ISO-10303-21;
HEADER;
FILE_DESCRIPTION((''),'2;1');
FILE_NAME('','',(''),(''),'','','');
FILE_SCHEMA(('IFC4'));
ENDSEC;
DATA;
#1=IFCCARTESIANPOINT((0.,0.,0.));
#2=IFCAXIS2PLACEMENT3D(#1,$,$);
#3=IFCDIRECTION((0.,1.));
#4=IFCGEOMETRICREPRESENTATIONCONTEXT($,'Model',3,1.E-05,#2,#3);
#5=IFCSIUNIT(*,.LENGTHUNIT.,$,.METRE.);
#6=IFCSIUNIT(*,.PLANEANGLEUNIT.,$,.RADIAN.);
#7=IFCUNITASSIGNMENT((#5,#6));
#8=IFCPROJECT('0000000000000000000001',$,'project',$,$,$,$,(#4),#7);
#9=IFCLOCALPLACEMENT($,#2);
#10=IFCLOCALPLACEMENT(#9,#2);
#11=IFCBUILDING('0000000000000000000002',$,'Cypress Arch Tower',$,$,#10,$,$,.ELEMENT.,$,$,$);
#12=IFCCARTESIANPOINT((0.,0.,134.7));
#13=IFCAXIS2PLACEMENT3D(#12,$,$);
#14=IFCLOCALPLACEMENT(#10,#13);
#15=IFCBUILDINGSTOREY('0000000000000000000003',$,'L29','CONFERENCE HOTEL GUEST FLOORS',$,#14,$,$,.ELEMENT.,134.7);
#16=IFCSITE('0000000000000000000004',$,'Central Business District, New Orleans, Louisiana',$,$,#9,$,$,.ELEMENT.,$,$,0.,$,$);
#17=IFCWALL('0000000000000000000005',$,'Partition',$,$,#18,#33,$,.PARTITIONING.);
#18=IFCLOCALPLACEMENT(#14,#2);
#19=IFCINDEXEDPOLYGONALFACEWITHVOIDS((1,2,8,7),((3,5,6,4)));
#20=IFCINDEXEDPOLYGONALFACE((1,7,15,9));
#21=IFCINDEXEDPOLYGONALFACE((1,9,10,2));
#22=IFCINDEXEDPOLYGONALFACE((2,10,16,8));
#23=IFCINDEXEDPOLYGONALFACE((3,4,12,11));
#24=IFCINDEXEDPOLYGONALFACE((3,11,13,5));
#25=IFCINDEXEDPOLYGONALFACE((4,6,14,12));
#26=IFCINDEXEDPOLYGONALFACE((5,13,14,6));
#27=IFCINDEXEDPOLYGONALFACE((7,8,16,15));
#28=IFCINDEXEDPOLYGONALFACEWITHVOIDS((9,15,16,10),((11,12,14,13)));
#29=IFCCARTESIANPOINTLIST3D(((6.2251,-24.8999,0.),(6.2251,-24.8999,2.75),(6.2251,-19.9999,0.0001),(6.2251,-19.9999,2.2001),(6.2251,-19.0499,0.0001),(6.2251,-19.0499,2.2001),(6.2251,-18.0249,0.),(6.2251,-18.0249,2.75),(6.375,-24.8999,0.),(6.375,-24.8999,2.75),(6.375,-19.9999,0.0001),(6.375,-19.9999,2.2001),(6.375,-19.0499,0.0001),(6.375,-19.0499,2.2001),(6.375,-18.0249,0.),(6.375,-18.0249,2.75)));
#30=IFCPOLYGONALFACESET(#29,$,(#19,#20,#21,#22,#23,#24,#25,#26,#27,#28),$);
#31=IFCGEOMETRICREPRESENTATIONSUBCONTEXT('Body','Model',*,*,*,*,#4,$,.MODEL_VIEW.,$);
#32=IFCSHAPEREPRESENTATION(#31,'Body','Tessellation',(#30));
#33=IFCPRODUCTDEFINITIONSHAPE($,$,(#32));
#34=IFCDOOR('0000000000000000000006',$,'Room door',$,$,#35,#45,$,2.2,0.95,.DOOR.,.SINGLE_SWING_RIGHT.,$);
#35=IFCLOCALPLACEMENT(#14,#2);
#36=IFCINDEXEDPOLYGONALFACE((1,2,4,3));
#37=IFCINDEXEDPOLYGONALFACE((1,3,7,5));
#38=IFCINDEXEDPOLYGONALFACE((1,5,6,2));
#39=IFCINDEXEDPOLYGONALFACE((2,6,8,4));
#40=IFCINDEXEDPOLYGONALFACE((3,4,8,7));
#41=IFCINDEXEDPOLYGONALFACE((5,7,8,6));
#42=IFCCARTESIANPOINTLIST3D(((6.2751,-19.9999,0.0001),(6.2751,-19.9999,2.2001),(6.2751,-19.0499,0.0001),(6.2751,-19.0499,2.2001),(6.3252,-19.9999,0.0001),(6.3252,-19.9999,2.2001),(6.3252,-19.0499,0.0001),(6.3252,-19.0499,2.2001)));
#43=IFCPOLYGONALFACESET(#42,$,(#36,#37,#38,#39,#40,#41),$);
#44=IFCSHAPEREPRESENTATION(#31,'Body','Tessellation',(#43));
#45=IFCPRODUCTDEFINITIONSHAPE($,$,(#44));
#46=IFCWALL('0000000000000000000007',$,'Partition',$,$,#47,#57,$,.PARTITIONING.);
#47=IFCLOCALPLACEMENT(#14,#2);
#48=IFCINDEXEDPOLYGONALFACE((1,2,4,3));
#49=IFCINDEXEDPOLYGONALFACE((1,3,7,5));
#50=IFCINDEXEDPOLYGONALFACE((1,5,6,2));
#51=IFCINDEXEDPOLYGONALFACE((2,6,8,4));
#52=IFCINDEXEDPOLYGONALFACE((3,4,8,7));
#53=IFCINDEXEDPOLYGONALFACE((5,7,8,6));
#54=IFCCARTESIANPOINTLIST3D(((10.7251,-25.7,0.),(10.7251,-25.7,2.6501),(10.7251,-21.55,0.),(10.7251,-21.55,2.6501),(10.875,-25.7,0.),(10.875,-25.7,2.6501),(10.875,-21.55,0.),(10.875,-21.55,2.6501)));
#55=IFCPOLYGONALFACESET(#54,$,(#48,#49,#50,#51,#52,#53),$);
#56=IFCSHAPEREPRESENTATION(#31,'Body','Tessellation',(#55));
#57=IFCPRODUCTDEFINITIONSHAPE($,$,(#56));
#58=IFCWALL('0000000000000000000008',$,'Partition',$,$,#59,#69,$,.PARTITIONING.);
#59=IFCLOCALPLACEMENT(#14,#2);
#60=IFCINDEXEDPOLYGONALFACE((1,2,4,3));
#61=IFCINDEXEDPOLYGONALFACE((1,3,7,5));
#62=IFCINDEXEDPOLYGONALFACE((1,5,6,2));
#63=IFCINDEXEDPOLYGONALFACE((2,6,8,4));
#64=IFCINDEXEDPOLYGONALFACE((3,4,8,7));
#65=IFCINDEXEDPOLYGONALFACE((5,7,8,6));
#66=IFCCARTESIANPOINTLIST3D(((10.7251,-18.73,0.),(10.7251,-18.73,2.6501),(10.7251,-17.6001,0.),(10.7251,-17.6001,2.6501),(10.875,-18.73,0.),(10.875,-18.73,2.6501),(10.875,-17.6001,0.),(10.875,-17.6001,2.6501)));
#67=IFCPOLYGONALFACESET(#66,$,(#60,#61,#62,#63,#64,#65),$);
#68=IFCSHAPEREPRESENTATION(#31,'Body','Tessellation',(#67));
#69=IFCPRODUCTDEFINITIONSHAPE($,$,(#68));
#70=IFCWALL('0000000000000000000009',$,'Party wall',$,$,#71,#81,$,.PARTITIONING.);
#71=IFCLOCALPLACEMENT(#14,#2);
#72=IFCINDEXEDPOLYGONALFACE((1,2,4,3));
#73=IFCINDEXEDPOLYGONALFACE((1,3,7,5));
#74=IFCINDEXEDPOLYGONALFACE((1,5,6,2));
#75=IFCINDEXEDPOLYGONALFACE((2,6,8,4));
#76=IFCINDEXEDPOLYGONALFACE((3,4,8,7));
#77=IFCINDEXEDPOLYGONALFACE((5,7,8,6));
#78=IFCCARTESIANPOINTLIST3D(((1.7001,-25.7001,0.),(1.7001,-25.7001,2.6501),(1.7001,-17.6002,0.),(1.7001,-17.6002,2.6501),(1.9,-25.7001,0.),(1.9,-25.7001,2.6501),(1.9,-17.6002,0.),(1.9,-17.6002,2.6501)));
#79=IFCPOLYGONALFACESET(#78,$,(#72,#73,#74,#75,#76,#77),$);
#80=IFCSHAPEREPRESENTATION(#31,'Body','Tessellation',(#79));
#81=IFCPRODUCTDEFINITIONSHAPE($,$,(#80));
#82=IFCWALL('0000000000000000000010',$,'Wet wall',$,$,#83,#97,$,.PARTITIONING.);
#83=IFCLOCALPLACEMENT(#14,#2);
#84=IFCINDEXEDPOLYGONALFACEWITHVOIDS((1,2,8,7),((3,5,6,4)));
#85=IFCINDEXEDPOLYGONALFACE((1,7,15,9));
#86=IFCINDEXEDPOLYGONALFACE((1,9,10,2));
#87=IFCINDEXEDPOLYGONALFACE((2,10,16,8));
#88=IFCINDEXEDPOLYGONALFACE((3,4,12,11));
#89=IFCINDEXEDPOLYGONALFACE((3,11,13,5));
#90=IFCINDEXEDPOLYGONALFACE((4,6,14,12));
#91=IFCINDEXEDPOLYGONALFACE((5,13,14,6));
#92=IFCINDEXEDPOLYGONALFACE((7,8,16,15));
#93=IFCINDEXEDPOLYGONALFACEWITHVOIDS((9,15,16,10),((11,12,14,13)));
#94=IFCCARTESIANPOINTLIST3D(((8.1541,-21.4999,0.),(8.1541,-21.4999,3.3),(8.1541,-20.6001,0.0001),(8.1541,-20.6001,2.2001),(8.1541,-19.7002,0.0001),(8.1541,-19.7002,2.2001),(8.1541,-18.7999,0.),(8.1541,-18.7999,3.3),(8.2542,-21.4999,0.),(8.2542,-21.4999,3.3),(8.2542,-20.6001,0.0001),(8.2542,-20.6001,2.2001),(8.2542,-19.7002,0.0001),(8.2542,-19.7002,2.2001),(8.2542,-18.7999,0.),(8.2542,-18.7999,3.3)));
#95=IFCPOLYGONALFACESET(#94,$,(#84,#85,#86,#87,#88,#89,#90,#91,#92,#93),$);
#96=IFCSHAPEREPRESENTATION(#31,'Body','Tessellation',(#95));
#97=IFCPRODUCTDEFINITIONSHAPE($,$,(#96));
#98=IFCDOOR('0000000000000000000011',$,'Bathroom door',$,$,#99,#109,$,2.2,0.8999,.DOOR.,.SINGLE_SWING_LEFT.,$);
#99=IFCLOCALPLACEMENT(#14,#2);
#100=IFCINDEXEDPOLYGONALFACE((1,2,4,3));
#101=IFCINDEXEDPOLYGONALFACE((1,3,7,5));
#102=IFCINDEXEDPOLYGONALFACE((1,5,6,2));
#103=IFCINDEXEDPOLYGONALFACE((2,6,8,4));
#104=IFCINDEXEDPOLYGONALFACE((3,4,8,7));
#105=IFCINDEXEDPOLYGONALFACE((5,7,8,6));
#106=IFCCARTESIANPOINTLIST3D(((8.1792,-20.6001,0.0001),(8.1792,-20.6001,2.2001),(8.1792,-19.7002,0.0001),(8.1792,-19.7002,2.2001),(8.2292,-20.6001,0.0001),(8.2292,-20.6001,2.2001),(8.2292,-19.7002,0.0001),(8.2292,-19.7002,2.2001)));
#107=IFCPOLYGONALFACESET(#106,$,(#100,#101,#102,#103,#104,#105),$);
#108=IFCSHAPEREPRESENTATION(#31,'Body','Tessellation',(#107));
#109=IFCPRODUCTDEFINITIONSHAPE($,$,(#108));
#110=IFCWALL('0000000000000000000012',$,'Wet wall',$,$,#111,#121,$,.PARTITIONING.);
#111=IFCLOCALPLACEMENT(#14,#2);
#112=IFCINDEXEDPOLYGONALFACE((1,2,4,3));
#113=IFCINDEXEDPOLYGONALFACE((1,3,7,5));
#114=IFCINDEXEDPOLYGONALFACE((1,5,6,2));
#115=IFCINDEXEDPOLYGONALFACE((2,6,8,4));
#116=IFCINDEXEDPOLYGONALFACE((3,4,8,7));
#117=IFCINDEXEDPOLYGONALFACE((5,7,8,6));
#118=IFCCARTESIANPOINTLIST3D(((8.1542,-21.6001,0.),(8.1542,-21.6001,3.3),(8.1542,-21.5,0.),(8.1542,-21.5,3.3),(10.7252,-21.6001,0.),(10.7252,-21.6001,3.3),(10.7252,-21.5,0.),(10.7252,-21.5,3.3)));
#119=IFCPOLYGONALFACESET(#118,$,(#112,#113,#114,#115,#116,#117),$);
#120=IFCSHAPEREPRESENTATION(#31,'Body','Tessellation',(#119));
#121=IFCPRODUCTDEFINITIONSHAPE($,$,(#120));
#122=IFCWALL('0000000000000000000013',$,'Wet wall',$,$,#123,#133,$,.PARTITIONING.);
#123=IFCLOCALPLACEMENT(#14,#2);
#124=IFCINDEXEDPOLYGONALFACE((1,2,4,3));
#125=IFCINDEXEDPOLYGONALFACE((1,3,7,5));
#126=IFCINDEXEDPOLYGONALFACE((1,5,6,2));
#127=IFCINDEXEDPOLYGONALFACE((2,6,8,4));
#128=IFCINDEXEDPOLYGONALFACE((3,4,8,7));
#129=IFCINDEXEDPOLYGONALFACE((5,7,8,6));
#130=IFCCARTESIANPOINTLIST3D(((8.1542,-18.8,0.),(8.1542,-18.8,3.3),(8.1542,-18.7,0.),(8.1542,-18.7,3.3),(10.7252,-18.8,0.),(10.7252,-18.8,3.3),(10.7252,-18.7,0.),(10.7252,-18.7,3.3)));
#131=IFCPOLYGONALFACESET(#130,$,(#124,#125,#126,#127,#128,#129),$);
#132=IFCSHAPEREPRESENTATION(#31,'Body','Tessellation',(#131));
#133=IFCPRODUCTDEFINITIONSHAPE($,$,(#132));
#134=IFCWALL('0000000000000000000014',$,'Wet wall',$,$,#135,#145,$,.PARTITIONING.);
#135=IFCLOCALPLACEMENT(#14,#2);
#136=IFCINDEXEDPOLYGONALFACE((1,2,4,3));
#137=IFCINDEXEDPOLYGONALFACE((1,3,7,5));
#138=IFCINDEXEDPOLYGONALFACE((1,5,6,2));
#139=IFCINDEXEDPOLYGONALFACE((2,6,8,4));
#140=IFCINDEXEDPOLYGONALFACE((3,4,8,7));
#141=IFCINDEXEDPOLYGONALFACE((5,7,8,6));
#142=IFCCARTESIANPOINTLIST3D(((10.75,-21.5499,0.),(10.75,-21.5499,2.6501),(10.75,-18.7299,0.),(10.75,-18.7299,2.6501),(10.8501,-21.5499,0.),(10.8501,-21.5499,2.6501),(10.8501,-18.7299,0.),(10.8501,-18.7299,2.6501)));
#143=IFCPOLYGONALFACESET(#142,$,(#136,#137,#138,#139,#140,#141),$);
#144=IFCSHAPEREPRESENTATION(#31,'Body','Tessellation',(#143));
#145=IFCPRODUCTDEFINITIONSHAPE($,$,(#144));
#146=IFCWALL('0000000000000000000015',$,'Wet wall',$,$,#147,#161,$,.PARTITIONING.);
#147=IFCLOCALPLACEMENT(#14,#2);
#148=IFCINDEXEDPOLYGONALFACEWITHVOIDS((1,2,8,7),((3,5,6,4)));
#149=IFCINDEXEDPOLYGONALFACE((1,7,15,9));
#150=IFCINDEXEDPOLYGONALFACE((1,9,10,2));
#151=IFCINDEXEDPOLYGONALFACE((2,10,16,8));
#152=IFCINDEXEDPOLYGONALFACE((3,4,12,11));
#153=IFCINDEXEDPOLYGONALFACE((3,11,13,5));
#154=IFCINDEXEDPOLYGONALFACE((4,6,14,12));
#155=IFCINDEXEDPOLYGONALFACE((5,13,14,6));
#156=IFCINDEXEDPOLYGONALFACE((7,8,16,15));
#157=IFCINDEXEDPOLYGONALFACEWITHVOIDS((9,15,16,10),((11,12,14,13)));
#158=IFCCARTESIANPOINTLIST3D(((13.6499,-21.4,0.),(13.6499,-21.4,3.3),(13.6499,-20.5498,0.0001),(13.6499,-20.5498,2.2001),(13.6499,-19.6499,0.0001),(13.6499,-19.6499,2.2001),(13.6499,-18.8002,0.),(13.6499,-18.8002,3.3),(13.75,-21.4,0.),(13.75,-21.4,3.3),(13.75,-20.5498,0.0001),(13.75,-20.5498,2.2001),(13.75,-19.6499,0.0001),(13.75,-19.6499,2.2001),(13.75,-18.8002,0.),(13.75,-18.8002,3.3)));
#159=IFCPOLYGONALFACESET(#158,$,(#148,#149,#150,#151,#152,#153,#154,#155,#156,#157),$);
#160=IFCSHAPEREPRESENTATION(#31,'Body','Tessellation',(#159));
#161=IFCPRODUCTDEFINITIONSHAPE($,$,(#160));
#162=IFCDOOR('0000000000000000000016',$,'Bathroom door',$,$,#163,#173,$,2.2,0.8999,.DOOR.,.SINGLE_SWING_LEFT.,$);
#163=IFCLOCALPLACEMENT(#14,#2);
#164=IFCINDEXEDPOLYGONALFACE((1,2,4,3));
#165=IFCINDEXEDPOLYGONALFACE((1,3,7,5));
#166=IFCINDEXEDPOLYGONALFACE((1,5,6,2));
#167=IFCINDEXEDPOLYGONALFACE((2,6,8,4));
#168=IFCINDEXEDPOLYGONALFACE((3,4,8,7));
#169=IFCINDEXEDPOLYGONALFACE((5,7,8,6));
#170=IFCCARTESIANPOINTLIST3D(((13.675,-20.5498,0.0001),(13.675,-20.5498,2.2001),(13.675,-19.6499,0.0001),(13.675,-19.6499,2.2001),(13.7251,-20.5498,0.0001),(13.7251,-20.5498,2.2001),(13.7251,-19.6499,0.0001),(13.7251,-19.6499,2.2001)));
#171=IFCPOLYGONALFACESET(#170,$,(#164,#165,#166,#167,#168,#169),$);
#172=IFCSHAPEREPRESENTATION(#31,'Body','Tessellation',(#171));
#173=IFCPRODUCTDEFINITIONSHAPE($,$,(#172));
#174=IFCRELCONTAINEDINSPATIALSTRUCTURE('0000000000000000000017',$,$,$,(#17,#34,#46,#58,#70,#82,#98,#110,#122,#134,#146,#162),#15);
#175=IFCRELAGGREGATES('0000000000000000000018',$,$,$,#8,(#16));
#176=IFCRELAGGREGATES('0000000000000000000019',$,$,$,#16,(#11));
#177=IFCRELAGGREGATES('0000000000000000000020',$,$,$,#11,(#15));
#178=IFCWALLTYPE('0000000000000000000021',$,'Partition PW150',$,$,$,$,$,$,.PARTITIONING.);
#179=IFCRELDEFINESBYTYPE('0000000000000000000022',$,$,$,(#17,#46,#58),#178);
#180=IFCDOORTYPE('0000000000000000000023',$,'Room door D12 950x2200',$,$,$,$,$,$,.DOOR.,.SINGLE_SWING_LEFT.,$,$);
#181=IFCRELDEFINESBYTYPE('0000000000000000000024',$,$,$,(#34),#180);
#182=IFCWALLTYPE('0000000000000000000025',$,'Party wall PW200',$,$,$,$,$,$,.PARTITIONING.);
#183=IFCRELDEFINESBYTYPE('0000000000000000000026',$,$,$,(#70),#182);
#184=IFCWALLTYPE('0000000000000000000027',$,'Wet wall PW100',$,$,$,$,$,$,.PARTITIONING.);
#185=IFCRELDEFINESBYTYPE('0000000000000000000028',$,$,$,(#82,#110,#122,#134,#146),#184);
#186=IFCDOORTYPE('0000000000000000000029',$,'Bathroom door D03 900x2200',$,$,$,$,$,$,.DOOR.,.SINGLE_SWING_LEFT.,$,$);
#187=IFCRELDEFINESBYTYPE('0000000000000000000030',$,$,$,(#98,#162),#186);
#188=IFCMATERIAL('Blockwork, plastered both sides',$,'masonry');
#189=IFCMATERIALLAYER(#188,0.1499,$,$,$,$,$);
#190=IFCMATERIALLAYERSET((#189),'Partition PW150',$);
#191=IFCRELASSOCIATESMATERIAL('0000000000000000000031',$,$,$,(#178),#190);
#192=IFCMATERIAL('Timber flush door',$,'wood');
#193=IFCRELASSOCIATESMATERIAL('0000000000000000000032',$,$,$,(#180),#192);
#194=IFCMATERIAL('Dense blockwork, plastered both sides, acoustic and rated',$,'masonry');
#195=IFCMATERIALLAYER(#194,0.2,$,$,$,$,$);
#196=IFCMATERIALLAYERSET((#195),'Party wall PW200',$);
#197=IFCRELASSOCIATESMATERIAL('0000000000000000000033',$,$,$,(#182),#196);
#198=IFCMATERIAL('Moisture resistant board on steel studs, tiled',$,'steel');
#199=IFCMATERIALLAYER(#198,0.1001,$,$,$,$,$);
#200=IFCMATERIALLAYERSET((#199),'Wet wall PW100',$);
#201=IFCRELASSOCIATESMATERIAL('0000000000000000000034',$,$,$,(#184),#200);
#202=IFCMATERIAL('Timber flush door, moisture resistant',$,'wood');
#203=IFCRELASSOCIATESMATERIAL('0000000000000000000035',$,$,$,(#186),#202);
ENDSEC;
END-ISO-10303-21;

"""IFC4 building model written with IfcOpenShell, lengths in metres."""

from ifc_helpers import new_model, si_unit, direction, frame, frame_2d, origin, place, context, subcontext, project, spatial, rectangle, extrude, material, layer, layer_set, type_object, element, fill, save


model = new_model("IFC4")

# Units and contexts
model_context = context("Model", 3, precision=1e-05, world=origin(), true_north=direction((0.0, 1.0)))
body_context = subcontext(model_context, "Body", "Model", "MODEL_VIEW")
ifc_project = project(units=[si_unit("LENGTHUNIT", "METRE"), si_unit("PLANEANGLEUNIT", "RADIAN")], contexts=[model_context])

# Site, building, storey
site_placement = place(None, origin())
site = spatial("IfcSite", under=ifc_project, at=site_placement, Name="Central Business District, New Orleans, Louisiana", CompositionType="ELEMENT", RefElevation=0.0)
building_placement = place(site_placement, origin())
building = spatial("IfcBuilding", under=site, at=building_placement, Name="Cypress Arch Tower", CompositionType="ELEMENT")
storey_placement = place(building_placement, frame((0.0, 0.0, 134.7)))
storey = spatial("IfcBuildingStorey", under=building, at=storey_placement, Name="L29", Description="CONFERENCE HOTEL GUEST FLOORS", CompositionType="ELEMENT", Elevation=134.7)

# Wall, opening, door
ifc_material_1 = material(Name="Blockwork, plastered both sides", Category="masonry")
ifc_layer_1 = layer(ifc_material_1, 0.1499)
ifc_layer_set_1 = layer_set([ifc_layer_1], Name="Partition PW150")
wall_type_1 = type_object("IfcWallType", Name="Partition PW150", PredefinedType="PARTITIONING", material=ifc_layer_set_1)
wall_1_placement = place(storey_placement, frame((6.3, -24.8999, 0.0), z_axis=(0.0, 0.0, 1.0), x_axis=(0.0, 1.0, 0.0)))
wall_1 = element("IfcWall", 1, at=wall_1_placement, inside=storey, type_object=wall_type_1, Name="Partition", PredefinedType="PARTITIONING", context=body_context, shape_type="SweptSolid", body=[
    extrude(rectangle(XDim=6.875, YDim=0.1499, at=frame_2d((3.4375, 0.0))), origin(), (0.0, 0.0, 1.0), 2.75),
])
opening_1_placement = place(wall_1_placement, frame((4.8999, 0.0, 0.0)))
opening_1 = element("IfcOpeningElement", 2, at=opening_1_placement, cuts=wall_1, PredefinedType="OPENING", context=body_context, shape_type="SweptSolid", body=[
    extrude(rectangle(XDim=0.95, YDim=2.2, at=frame_2d((0.4751, 1.1001))), frame((0.0, 0.085, 0.0), z_axis=(0.0, -1.0, 0.0), x_axis=(1.0, 0.0, 0.0)), (0.0, 0.0, 1.0), 0.1699),
])
ifc_material_2 = material(Name="Timber flush door", Category="wood")
door_type_1 = type_object("IfcDoorType", Name="Room door D12 950x2200", OperationType="SINGLE_SWING_LEFT", PredefinedType="DOOR", material=ifc_material_2)
door_1_placement = place(opening_1_placement, origin())
door_1 = element("IfcDoor", 3, at=door_1_placement, inside=storey, type_object=door_type_1, Name="Room door", OperationType="SINGLE_SWING_RIGHT", OverallHeight=2.2, OverallWidth=0.95, PredefinedType="DOOR", context=body_context, shape_type="SweptSolid", body=[
    extrude(rectangle(XDim=0.95, YDim=2.2, at=frame_2d((0.4751, 1.1001))), frame((0.0, 0.0249, 0.0), z_axis=(0.0, -1.0, 0.0), x_axis=(1.0, 0.0, 0.0)), (0.0, 0.0, 1.0), 0.05),
])
fill(opening_1, door_1)

# Walls
wall_2_placement = place(storey_placement, frame((10.8, -25.7, 0.0), z_axis=(0.0, 0.0, 1.0), x_axis=(0.0, 1.0, 0.0)))
element("IfcWall", 4, at=wall_2_placement, inside=storey, type_object=wall_type_1, Name="Partition", PredefinedType="PARTITIONING", context=body_context, shape_type="SweptSolid", body=[
    extrude(rectangle(XDim=4.1499, YDim=0.1499, at=frame_2d((2.075, 0.0))), origin(), (0.0, 0.0, 1.0), 2.6501),
])
wall_3_placement = place(storey_placement, frame((10.8, -18.73, 0.0), z_axis=(0.0, 0.0, 1.0), x_axis=(0.0, 1.0, 0.0)))
element("IfcWall", 5, at=wall_3_placement, inside=storey, type_object=wall_type_1, Name="Partition", PredefinedType="PARTITIONING", context=body_context, shape_type="SweptSolid", body=[
    extrude(rectangle(XDim=1.1299, YDim=0.1499, at=frame_2d((0.5649, 0.0))), origin(), (0.0, 0.0, 1.0), 2.6501),
])
ifc_material_3 = material(Name="Dense blockwork, plastered both sides, acoustic and rated", Category="masonry")
ifc_layer_2 = layer(ifc_material_3, 0.2)
ifc_layer_set_2 = layer_set([ifc_layer_2], Name="Party wall PW200")
wall_type_2 = type_object("IfcWallType", Name="Party wall PW200", PredefinedType="PARTITIONING", material=ifc_layer_set_2)
wall_4_placement = place(storey_placement, frame((1.8, -25.7, 0.0), z_axis=(0.0, 0.0, 1.0), x_axis=(0.0, 1.0, 0.0)))
element("IfcWall", 6, at=wall_4_placement, inside=storey, type_object=wall_type_2, Name="Party wall", PredefinedType="PARTITIONING", context=body_context, shape_type="SweptSolid", body=[
    extrude(rectangle(XDim=8.0999, YDim=0.2, at=frame_2d((4.0498, 0.0))), origin(), (0.0, 0.0, 1.0), 2.6501),
])

# Wall, opening, door
ifc_material_4 = material(Name="Moisture resistant board on steel studs, tiled", Category="steel")
ifc_layer_3 = layer(ifc_material_4, 0.1001)
ifc_layer_set_3 = layer_set([ifc_layer_3], Name="Wet wall PW100")
wall_type_3 = type_object("IfcWallType", Name="Wet wall PW100", PredefinedType="PARTITIONING", material=ifc_layer_set_3)
wall_5_placement = place(storey_placement, frame((8.2041, -21.5, 0.0), z_axis=(0.0, 0.0, 1.0), x_axis=(0.0, 1.0, 0.0)))
wall_5 = element("IfcWall", 7, at=wall_5_placement, inside=storey, type_object=wall_type_3, Name="Wet wall", PredefinedType="PARTITIONING", context=body_context, shape_type="SweptSolid", body=[
    extrude(rectangle(XDim=2.7, YDim=0.1001, at=frame_2d((1.3501, 0.0))), origin(), (0.0, 0.0, 1.0), 3.3),
])
opening_2_placement = place(wall_5_placement, frame((0.8999, 0.0, 0.0)))
opening_2 = element("IfcOpeningElement", 8, at=opening_2_placement, cuts=wall_5, PredefinedType="OPENING", context=body_context, shape_type="SweptSolid", body=[
    extrude(rectangle(XDim=0.8999, YDim=2.2, at=frame_2d((0.45, 1.1001))), frame((0.0, 0.0601, 0.0), z_axis=(0.0, -1.0, 0.0), x_axis=(1.0, 0.0, 0.0)), (0.0, 0.0, 1.0), 0.1201),
])
ifc_material_5 = material(Name="Timber flush door, moisture resistant", Category="wood")
door_type_2 = type_object("IfcDoorType", Name="Bathroom door D03 900x2200", OperationType="SINGLE_SWING_LEFT", PredefinedType="DOOR", material=ifc_material_5)
door_2_placement = place(opening_2_placement, origin())
door_2 = element("IfcDoor", 9, at=door_2_placement, inside=storey, type_object=door_type_2, Name="Bathroom door", OperationType="SINGLE_SWING_LEFT", OverallHeight=2.2, OverallWidth=0.8999, PredefinedType="DOOR", context=body_context, shape_type="SweptSolid", body=[
    extrude(rectangle(XDim=0.8999, YDim=2.2, at=frame_2d((0.45, 1.1001))), frame((0.0, 0.0249, 0.0), z_axis=(0.0, -1.0, 0.0), x_axis=(1.0, 0.0, 0.0)), (0.0, 0.0, 1.0), 0.05),
])
fill(opening_2, door_2)

# Walls
for number, where, z_axis, x_axis, name in (
    (10, (8.1541, -21.55, 0.0), (0.0, 0.0, 1.0), (1.0, 0.0, 0.0), "Wet wall"),
    (11, (8.1541, -18.75, 0.0), (0.0, 0.0, 1.0), (1.0, 0.0, 0.0), "Wet wall"),
):
    element("IfcWall", number, at=place(storey_placement, frame(where, z_axis=z_axis, x_axis=x_axis)), inside=storey, type_object=wall_type_3, Name=name, PredefinedType="PARTITIONING", context=body_context, shape_type="SweptSolid", body=[
        extrude(rectangle(XDim=2.571, YDim=0.1001, at=frame_2d((1.2856, 0.0))), origin(), (0.0, 0.0, 1.0), 3.3),
    ])
wall_6_placement = place(storey_placement, frame((10.8, -21.55, 0.0), z_axis=(0.0, 0.0, 1.0), x_axis=(0.0, 1.0, 0.0)))
element("IfcWall", 12, at=wall_6_placement, inside=storey, type_object=wall_type_3, Name="Wet wall", PredefinedType="PARTITIONING", context=body_context, shape_type="SweptSolid", body=[
    extrude(rectangle(XDim=2.8201, YDim=0.1001, at=frame_2d((1.4102, 0.0))), origin(), (0.0, 0.0, 1.0), 2.6501),
])

# Wall, opening, door
wall_7_placement = place(storey_placement, frame((13.7, -21.3999, 0.0), z_axis=(0.0, 0.0, 1.0), x_axis=(0.0, 1.0, 0.0)))
wall_7 = element("IfcWall", 13, at=wall_7_placement, inside=storey, type_object=wall_type_3, Name="Wet wall", PredefinedType="PARTITIONING", context=body_context, shape_type="SweptSolid", body=[
    extrude(rectangle(XDim=2.5999, YDim=0.1001, at=frame_2d((1.2998, 0.0))), origin(), (0.0, 0.0, 1.0), 3.3),
])
opening_3_placement = place(wall_7_placement, frame((0.8501, 0.0, 0.0)))
opening_3 = element("IfcOpeningElement", 14, at=opening_3_placement, cuts=wall_7, PredefinedType="OPENING", context=body_context, shape_type="SweptSolid", body=[
    extrude(rectangle(XDim=0.8999, YDim=2.2, at=frame_2d((0.45, 1.1001))), frame((0.0, 0.0601, 0.0), z_axis=(0.0, -1.0, 0.0), x_axis=(1.0, 0.0, 0.0)), (0.0, 0.0, 1.0), 0.1201),
])
door_3_placement = place(opening_3_placement, origin())
door_3 = element("IfcDoor", 15, at=door_3_placement, inside=storey, type_object=door_type_2, Name="Bathroom door", OperationType="SINGLE_SWING_LEFT", OverallHeight=2.2, OverallWidth=0.8999, PredefinedType="DOOR", context=body_context, shape_type="SweptSolid", body=[
    extrude(rectangle(XDim=0.8999, YDim=2.2, at=frame_2d((0.45, 1.1001))), frame((0.0, 0.0249, 0.0), z_axis=(0.0, -1.0, 0.0), x_axis=(1.0, 0.0, 0.0)), (0.0, 0.0, 1.0), 0.05),
])
fill(opening_3, door_3)

save(model, "model.ifc")
